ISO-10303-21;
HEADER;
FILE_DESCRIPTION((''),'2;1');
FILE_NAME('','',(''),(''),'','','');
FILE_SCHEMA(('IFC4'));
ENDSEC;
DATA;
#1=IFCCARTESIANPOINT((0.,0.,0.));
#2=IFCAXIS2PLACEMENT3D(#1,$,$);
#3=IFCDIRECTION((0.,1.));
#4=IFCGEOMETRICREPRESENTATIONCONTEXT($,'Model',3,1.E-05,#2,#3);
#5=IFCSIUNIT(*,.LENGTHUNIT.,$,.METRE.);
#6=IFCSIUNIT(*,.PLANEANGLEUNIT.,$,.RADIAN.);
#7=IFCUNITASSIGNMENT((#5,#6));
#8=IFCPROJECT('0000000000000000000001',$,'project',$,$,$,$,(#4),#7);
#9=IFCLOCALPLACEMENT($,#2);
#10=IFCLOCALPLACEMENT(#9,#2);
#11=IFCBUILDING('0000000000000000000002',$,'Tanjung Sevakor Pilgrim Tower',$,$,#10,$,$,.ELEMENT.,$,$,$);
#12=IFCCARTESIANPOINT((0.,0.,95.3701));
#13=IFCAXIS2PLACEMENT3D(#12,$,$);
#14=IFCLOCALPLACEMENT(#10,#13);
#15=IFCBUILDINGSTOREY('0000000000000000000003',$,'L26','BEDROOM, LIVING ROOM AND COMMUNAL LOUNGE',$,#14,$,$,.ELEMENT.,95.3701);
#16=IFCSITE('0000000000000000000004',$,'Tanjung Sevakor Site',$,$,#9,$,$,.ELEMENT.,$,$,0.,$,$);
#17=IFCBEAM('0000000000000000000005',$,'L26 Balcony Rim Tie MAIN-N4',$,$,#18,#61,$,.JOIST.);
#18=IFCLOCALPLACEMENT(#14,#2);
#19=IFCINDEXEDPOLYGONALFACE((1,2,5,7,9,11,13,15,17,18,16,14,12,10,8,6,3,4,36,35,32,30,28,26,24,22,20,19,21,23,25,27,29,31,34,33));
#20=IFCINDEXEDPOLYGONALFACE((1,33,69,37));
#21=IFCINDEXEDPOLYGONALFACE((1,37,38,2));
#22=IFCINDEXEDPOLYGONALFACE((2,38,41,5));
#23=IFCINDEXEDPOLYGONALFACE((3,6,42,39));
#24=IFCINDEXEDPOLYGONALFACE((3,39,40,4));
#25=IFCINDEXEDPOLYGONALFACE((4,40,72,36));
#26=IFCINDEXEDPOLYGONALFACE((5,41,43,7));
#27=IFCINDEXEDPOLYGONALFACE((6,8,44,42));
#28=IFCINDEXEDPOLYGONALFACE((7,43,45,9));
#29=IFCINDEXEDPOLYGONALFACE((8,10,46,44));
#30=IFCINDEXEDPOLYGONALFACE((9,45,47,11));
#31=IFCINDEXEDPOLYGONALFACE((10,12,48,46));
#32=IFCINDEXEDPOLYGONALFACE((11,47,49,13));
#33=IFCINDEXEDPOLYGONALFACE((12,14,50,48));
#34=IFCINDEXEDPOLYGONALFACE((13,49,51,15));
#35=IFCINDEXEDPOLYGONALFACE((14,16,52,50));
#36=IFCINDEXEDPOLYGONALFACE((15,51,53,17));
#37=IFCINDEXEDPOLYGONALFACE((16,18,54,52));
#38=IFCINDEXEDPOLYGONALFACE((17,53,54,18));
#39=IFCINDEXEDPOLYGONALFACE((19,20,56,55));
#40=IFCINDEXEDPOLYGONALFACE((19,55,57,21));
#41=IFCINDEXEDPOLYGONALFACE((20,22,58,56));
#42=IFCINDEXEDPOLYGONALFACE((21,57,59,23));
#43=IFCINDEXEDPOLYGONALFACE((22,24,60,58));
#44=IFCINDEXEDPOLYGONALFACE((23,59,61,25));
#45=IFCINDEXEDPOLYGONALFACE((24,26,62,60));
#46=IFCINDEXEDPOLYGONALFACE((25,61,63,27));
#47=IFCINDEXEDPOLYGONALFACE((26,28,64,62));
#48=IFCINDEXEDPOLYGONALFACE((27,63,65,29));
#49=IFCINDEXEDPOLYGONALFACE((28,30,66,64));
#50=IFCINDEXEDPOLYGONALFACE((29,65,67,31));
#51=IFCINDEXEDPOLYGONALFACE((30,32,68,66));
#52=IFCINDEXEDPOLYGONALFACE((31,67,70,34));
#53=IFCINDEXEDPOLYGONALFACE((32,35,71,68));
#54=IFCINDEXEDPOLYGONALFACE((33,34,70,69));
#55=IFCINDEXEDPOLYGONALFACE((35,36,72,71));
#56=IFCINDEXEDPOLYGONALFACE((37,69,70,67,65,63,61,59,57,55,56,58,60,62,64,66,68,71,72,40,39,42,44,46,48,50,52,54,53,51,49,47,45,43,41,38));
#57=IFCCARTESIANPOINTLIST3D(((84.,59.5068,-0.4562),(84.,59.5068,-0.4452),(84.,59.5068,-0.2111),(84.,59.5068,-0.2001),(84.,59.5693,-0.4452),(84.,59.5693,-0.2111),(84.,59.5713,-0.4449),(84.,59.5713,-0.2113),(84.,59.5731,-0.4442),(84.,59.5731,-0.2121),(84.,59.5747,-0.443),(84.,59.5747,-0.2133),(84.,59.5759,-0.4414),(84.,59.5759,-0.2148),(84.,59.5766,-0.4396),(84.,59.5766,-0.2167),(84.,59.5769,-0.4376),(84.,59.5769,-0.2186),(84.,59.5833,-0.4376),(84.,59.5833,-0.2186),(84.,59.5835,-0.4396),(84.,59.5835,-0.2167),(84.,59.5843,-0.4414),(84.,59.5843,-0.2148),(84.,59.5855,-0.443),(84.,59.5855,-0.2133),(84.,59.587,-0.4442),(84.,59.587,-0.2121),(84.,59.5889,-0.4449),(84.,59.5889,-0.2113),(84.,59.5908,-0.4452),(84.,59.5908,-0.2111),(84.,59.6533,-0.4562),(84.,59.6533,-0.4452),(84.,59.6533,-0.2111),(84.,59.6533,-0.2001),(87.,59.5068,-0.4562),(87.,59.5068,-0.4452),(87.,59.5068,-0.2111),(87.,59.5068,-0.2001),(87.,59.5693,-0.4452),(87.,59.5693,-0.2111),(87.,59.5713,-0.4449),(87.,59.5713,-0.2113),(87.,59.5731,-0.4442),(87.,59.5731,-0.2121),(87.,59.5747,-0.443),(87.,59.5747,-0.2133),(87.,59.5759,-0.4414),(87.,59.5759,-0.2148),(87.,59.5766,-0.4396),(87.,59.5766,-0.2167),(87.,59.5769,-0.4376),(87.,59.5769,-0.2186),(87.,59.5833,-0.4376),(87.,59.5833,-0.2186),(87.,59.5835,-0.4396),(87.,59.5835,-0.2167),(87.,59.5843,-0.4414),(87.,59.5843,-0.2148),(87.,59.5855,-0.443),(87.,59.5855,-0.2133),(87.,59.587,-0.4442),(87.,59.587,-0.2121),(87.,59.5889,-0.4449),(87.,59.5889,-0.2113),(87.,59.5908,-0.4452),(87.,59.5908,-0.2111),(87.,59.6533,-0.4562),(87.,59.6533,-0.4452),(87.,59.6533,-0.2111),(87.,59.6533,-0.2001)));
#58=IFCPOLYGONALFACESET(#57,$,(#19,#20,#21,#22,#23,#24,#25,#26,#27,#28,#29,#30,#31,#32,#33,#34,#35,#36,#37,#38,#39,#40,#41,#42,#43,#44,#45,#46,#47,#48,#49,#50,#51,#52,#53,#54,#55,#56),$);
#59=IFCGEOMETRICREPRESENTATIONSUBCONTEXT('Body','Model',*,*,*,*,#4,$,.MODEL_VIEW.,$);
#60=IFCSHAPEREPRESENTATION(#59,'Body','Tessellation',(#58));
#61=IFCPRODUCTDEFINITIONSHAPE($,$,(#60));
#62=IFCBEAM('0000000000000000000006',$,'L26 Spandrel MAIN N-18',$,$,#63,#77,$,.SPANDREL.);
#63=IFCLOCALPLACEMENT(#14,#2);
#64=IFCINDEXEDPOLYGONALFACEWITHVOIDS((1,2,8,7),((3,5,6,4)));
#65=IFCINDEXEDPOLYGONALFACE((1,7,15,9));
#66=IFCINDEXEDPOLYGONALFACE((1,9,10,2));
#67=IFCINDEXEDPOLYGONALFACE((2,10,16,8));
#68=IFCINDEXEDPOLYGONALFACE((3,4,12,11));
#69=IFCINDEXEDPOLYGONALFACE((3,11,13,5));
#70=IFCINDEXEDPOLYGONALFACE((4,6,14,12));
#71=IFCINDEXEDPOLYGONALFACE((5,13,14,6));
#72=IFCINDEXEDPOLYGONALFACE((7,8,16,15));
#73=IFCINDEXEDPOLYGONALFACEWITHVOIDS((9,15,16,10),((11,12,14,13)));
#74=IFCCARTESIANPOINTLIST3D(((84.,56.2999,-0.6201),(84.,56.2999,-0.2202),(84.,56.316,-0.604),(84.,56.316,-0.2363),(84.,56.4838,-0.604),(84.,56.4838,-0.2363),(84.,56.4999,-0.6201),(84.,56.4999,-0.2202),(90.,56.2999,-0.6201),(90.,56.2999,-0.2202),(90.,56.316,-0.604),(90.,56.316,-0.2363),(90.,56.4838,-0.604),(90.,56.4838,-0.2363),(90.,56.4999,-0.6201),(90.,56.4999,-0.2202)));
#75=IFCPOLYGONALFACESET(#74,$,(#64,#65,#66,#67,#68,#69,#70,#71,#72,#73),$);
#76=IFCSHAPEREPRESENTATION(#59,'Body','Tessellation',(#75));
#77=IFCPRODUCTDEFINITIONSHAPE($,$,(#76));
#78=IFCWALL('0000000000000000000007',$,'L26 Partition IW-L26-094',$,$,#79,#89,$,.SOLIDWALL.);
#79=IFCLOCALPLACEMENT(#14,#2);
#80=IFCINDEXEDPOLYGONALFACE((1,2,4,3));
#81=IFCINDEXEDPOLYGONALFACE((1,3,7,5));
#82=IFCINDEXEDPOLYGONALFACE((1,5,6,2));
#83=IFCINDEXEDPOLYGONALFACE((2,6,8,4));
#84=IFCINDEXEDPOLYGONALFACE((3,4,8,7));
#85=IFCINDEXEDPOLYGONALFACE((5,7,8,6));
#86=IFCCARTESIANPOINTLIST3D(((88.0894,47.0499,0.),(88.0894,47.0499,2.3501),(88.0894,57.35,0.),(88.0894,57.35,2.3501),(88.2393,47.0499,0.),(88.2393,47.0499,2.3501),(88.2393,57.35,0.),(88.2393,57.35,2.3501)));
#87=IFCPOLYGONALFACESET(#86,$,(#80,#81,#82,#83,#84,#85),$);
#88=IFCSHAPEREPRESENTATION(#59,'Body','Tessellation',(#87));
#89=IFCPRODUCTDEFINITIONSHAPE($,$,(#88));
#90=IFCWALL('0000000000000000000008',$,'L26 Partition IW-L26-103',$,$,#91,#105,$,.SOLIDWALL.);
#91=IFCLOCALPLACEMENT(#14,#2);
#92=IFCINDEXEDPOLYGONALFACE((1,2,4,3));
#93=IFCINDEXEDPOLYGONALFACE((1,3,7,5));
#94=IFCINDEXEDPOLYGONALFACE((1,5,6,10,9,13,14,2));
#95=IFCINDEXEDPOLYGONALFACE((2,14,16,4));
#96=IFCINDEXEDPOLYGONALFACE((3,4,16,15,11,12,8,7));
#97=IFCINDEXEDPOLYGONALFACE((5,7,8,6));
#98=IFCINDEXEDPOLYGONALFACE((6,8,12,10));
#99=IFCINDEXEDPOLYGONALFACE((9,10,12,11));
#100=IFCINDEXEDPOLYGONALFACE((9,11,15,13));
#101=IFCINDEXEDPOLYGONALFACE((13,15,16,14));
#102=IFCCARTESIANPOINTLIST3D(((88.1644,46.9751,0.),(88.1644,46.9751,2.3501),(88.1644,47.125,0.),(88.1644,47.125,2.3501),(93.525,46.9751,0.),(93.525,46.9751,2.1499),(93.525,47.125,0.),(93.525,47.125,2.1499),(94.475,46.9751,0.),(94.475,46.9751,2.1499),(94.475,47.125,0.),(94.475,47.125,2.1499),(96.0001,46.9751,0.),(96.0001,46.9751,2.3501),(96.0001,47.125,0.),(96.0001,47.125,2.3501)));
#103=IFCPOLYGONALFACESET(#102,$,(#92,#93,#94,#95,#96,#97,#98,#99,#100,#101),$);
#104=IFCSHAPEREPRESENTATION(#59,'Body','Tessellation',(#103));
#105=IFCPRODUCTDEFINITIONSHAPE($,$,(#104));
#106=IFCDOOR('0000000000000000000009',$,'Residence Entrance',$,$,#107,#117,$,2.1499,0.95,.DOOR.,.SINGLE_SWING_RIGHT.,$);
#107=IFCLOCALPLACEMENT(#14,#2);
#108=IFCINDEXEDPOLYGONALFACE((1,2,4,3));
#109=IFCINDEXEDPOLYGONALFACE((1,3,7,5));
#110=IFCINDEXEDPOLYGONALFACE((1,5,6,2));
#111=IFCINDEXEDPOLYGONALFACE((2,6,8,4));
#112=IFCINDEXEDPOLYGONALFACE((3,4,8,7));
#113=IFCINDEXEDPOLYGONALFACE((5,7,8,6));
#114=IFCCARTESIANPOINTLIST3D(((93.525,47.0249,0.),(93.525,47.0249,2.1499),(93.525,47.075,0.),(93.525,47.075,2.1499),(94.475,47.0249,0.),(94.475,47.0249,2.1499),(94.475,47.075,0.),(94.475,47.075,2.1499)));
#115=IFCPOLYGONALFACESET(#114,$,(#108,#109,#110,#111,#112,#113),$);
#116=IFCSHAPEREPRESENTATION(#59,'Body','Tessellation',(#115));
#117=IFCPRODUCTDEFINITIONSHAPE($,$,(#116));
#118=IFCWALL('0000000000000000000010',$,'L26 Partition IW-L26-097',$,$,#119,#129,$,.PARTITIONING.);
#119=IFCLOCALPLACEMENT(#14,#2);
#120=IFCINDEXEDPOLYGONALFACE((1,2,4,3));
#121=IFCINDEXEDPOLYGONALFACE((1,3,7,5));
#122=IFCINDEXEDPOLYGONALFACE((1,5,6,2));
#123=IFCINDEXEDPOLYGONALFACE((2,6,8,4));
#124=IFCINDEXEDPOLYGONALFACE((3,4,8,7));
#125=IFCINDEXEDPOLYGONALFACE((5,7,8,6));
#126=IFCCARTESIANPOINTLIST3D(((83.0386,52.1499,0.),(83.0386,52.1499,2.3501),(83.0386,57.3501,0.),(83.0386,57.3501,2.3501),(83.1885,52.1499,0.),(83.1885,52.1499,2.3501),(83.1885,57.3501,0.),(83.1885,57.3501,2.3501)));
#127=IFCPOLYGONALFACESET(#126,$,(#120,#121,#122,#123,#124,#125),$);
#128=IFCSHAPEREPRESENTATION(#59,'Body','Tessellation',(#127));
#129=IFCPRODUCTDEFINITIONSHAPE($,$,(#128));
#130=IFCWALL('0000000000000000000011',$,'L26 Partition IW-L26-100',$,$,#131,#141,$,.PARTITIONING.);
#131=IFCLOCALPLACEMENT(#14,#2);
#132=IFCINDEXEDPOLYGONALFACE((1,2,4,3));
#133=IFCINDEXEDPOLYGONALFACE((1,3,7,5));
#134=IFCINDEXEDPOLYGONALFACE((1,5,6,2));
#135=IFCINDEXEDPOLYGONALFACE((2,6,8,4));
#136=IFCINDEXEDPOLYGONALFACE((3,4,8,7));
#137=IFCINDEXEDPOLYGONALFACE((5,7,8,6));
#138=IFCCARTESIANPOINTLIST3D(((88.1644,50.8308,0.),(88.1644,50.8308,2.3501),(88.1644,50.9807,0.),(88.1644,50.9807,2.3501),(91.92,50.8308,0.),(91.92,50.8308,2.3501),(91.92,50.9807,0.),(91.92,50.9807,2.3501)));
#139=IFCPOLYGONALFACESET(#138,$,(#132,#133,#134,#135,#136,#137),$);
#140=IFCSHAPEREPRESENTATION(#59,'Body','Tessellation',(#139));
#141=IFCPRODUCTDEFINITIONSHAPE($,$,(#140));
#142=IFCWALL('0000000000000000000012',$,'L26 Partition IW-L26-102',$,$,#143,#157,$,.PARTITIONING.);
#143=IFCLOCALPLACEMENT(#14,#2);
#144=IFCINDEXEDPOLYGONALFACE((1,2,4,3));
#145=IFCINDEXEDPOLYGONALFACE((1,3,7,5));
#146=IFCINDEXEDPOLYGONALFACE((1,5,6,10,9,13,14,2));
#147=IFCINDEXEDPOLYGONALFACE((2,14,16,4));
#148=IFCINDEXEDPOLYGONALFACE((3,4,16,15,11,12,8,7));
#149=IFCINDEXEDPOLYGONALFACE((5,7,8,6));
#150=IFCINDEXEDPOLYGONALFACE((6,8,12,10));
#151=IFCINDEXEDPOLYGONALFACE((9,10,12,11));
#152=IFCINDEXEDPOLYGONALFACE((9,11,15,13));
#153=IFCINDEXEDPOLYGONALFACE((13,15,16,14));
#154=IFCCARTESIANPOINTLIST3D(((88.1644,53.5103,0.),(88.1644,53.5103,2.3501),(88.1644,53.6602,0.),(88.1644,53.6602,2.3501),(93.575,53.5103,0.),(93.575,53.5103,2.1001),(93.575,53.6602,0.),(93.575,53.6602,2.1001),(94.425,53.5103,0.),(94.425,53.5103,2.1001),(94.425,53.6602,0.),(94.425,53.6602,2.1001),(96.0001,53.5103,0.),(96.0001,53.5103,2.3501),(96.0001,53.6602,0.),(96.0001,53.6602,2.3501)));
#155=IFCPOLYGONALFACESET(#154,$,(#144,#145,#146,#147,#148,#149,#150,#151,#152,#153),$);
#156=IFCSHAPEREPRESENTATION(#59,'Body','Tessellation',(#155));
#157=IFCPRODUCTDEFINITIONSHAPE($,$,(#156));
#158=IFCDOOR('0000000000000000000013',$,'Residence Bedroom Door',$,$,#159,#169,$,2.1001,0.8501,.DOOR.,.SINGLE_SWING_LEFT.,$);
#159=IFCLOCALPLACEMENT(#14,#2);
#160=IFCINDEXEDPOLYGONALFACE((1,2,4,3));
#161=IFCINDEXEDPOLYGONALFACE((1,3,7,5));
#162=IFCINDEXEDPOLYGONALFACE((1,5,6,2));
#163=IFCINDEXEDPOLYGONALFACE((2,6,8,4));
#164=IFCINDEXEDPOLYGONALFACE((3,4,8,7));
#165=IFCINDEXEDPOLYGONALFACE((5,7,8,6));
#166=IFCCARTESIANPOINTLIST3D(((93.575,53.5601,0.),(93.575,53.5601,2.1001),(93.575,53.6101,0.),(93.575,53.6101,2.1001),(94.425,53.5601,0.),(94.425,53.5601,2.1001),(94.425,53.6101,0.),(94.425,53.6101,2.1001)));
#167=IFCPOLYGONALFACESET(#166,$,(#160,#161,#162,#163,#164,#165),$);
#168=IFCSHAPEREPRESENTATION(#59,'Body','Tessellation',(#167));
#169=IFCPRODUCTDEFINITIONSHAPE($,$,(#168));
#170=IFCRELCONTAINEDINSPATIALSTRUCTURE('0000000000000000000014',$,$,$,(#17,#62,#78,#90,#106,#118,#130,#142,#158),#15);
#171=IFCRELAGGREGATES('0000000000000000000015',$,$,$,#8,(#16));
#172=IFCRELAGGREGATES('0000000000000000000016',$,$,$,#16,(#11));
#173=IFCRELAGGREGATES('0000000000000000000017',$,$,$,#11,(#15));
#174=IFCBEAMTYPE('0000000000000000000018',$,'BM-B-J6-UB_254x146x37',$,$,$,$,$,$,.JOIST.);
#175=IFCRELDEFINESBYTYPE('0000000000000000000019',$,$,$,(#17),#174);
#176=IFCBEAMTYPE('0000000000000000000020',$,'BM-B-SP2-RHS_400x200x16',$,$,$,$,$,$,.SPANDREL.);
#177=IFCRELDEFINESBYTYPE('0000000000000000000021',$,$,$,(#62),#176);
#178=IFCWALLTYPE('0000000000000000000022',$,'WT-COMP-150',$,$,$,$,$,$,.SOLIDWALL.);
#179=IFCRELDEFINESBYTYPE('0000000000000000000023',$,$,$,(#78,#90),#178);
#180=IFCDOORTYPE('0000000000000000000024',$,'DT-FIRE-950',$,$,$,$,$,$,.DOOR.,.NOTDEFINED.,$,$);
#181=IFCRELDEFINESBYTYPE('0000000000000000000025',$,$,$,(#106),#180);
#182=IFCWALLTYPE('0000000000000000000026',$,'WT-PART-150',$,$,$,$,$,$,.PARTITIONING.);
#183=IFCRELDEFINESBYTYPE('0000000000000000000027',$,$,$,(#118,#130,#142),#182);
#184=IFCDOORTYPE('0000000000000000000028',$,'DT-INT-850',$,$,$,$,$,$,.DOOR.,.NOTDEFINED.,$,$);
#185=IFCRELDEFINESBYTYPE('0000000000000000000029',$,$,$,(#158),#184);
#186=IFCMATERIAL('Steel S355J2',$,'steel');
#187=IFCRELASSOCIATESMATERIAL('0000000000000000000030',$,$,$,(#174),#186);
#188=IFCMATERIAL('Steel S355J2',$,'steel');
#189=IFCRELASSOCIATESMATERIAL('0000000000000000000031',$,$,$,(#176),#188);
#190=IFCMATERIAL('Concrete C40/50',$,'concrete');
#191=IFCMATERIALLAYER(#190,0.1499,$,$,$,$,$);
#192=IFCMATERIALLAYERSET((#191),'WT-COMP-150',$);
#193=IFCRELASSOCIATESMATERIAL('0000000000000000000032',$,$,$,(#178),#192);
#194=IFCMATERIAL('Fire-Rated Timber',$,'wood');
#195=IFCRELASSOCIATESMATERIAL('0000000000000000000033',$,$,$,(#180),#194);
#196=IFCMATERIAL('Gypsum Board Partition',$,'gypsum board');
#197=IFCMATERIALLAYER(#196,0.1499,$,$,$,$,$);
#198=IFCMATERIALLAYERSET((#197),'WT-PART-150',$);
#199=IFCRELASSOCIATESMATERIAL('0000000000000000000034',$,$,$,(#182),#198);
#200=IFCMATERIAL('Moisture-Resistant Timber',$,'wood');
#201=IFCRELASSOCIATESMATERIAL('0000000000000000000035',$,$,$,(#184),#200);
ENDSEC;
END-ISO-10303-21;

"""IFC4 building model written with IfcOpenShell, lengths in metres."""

from ifc_helpers import new_model, si_unit, direction, frame, frame_2d, origin, origin_2d, place, context, subcontext, project, spatial, rectangle, hollow_rectangle, i_section, extrude, material, layer, layer_set, material_profile, profile_set, type_object, element, fill, save


model = new_model("IFC4")

# Units and contexts
model_context = context("Model", 3, precision=1e-05, world=origin(), true_north=direction((0.0, 1.0)))
body_context = subcontext(model_context, "Body", "Model", "MODEL_VIEW")
ifc_project = project(units=[si_unit("LENGTHUNIT", "METRE"), si_unit("PLANEANGLEUNIT", "RADIAN")], contexts=[model_context])

# Site, building, storey
site_placement = place(None, origin())
site = spatial("IfcSite", under=ifc_project, at=site_placement, Name="Tanjung Sevakor Site", CompositionType="ELEMENT", RefElevation=0.0)
building_placement = place(site_placement, origin())
building = spatial("IfcBuilding", under=site, at=building_placement, Name="Tanjung Sevakor Pilgrim Tower", CompositionType="ELEMENT")
storey_placement = place(building_placement, frame((0.0, 0.0, 95.3701)))
storey = spatial("IfcBuildingStorey", under=building, at=storey_placement, Name="L26", Description="BEDROOM, LIVING ROOM AND COMMUNAL LOUNGE", CompositionType="ELEMENT", Elevation=95.3701)

# Beams
ifc_material_1 = material(Name="Steel S355J2", Category="steel")
ifc_material_profile_1 = material_profile(ifc_material_1, i_section(OverallWidth=0.1465, OverallDepth=0.2561, WebThickness=0.0063, FlangeThickness=0.011, FilletRadius=0.0076, at=origin_2d()))
ifc_profile_set_1 = profile_set([ifc_material_profile_1], Name="Steel S355J2")
beam_type_1 = type_object("IfcBeamType", Name="BM-B-J6-UB_254x146x37", PredefinedType="JOIST", material=ifc_profile_set_1)
beam_1_placement = place(storey_placement, frame((84.0, 59.5801, -0.3281), z_axis=(1.0, 0.0, 0.0), x_axis=(0.0, 1.0, 0.0)))
element("IfcBeam", 1, at=beam_1_placement, inside=storey, type_object=beam_type_1, Name="L26 Balcony Rim Tie MAIN-N4", PredefinedType="JOIST", context=body_context, shape_type="SweptSolid", body=[
    extrude(i_section(OverallWidth=0.1465, OverallDepth=0.2561, WebThickness=0.0063, FlangeThickness=0.011, FilletRadius=0.0076, at=origin_2d()), origin(), (0.0, 0.0, 1.0), 3.0),
])
ifc_material_2 = material(Name="Steel S355J2", Category="steel")
ifc_material_profile_2 = material_profile(ifc_material_2, hollow_rectangle(XDim=0.2, YDim=0.3999, WallThickness=0.0161, at=origin_2d()))
ifc_profile_set_2 = profile_set([ifc_material_profile_2], Name="Steel S355J2")
beam_type_2 = type_object("IfcBeamType", Name="BM-B-SP2-RHS_400x200x16", PredefinedType="SPANDREL", material=ifc_profile_set_2)
beam_2_placement = place(storey_placement, frame((84.0, 56.3999, -0.4202), z_axis=(1.0, 0.0, 0.0), x_axis=(0.0, 1.0, 0.0)))
element("IfcBeam", 2, at=beam_2_placement, inside=storey, type_object=beam_type_2, Name="L26 Spandrel MAIN N-18", PredefinedType="SPANDREL", context=body_context, shape_type="SweptSolid", body=[
    extrude(hollow_rectangle(XDim=0.2, YDim=0.3999, WallThickness=0.0161, at=origin_2d()), origin(), (0.0, 0.0, 1.0), 6.0),
])

# Wall
ifc_material_3 = material(Name="Concrete C40/50", Category="concrete")
ifc_layer_1 = layer(ifc_material_3, 0.1499)
ifc_layer_set_1 = layer_set([ifc_layer_1], Name="WT-COMP-150")
wall_type_1 = type_object("IfcWallType", Name="WT-COMP-150", PredefinedType="SOLIDWALL", material=ifc_layer_set_1)
wall_1_placement = place(storey_placement, frame((88.1643, 47.05, 0.0), z_axis=(0.0, 0.0, 1.0), x_axis=(0.0, 1.0, 0.0)))
element("IfcWall", 3, at=wall_1_placement, inside=storey, type_object=wall_type_1, Name="L26 Partition IW-L26-094", PredefinedType="SOLIDWALL", context=body_context, shape_type="SweptSolid", body=[
    extrude(rectangle(XDim=10.3, YDim=0.1499, at=frame_2d((5.1499, 0.0))), origin(), (0.0, 0.0, 1.0), 2.3501),
])

# Wall, opening, door
wall_2_placement = place(storey_placement, frame((88.1643, 47.05, 0.0), z_axis=(0.0, 0.0, 1.0), x_axis=(1.0, 0.0, 0.0)))
wall_2 = element("IfcWall", 4, at=wall_2_placement, inside=storey, type_object=wall_type_1, Name="L26 Partition IW-L26-103", PredefinedType="SOLIDWALL", context=body_context, shape_type="SweptSolid", body=[
    extrude(rectangle(XDim=7.8357, YDim=0.1499, at=frame_2d((3.918, 0.0))), origin(), (0.0, 0.0, 1.0), 2.3501),
])
opening_1_placement = place(wall_2_placement, frame((5.3606, 0.0, 0.0)))
opening_1 = element("IfcOpeningElement", 5, at=opening_1_placement, cuts=wall_2, PredefinedType="OPENING", context=body_context, shape_type="SweptSolid", body=[
    extrude(rectangle(XDim=0.95, YDim=2.1499, at=frame_2d((0.4751, 1.075))), frame((0.0, 0.085, 0.0), z_axis=(0.0, -1.0, 0.0), x_axis=(1.0, 0.0, 0.0)), (0.0, 0.0, 1.0), 0.1699),
])
ifc_material_4 = material(Name="Fire-Rated Timber", Category="wood")
door_type_1 = type_object("IfcDoorType", Name="DT-FIRE-950", OperationType="NOTDEFINED", PredefinedType="DOOR", material=ifc_material_4)
door_1_placement = place(opening_1_placement, origin())
door_1 = element("IfcDoor", 6, at=door_1_placement, inside=storey, type_object=door_type_1, Name="Residence Entrance", OperationType="SINGLE_SWING_RIGHT", OverallHeight=2.1499, OverallWidth=0.95, PredefinedType="DOOR", context=body_context, shape_type="SweptSolid", body=[
    extrude(rectangle(XDim=0.95, YDim=2.1499, at=frame_2d((0.4751, 1.075))), frame((0.0, 0.0249, 0.0), z_axis=(0.0, -1.0, 0.0), x_axis=(1.0, 0.0, 0.0)), (0.0, 0.0, 1.0), 0.05),
])
fill(opening_1, door_1)

# Walls
ifc_material_5 = material(Name="Gypsum Board Partition", Category="gypsum board")
ifc_layer_2 = layer(ifc_material_5, 0.1499)
ifc_layer_set_2 = layer_set([ifc_layer_2], Name="WT-PART-150")
wall_type_2 = type_object("IfcWallType", Name="WT-PART-150", PredefinedType="PARTITIONING", material=ifc_layer_set_2)
wall_3_placement = place(storey_placement, frame((83.1135, 52.1499, 0.0), z_axis=(0.0, 0.0, 1.0), x_axis=(0.0, 1.0, 0.0)))
element("IfcWall", 7, at=wall_3_placement, inside=storey, type_object=wall_type_2, Name="L26 Partition IW-L26-097", PredefinedType="PARTITIONING", context=body_context, shape_type="SweptSolid", body=[
    extrude(rectangle(XDim=5.2002, YDim=0.1499, at=frame_2d((2.6001, 0.0))), origin(), (0.0, 0.0, 1.0), 2.3501),
])
wall_4_placement = place(storey_placement, frame((88.1643, 50.9058, 0.0), z_axis=(0.0, 0.0, 1.0), x_axis=(1.0, 0.0, 0.0)))
element("IfcWall", 8, at=wall_4_placement, inside=storey, type_object=wall_type_2, Name="L26 Partition IW-L26-100", PredefinedType="PARTITIONING", context=body_context, shape_type="SweptSolid", body=[
    extrude(rectangle(XDim=3.7556, YDim=0.1499, at=frame_2d((1.8779, 0.0))), origin(), (0.0, 0.0, 1.0), 2.3501),
])

# Wall, opening, door
wall_5_placement = place(storey_placement, frame((88.1643, 53.5852, 0.0), z_axis=(0.0, 0.0, 1.0), x_axis=(1.0, 0.0, 0.0)))
wall_5 = element("IfcWall", 9, at=wall_5_placement, inside=storey, type_object=wall_type_2, Name="L26 Partition IW-L26-102", PredefinedType="PARTITIONING", context=body_context, shape_type="SweptSolid", body=[
    extrude(rectangle(XDim=7.8357, YDim=0.1499, at=frame_2d((3.918, 0.0))), origin(), (0.0, 0.0, 1.0), 2.3501),
])
opening_2_placement = place(wall_5_placement, frame((5.4106, 0.0, 0.0)))
opening_2 = element("IfcOpeningElement", 10, at=opening_2_placement, cuts=wall_5, PredefinedType="OPENING", context=body_context, shape_type="SweptSolid", body=[
    extrude(rectangle(XDim=0.8501, YDim=2.1001, at=frame_2d((0.425, 1.05))), frame((0.0, 0.085, 0.0), z_axis=(0.0, -1.0, 0.0), x_axis=(1.0, 0.0, 0.0)), (0.0, 0.0, 1.0), 0.1699),
])
ifc_material_6 = material(Name="Moisture-Resistant Timber", Category="wood")
door_type_2 = type_object("IfcDoorType", Name="DT-INT-850", OperationType="NOTDEFINED", PredefinedType="DOOR", material=ifc_material_6)
door_2_placement = place(opening_2_placement, origin())
door_2 = element("IfcDoor", 11, at=door_2_placement, inside=storey, type_object=door_type_2, Name="Residence Bedroom Door", OperationType="SINGLE_SWING_LEFT", OverallHeight=2.1001, OverallWidth=0.8501, PredefinedType="DOOR", context=body_context, shape_type="SweptSolid", body=[
    extrude(rectangle(XDim=0.8501, YDim=2.1001, at=frame_2d((0.425, 1.05))), frame((0.0, 0.0249, 0.0), z_axis=(0.0, -1.0, 0.0), x_axis=(1.0, 0.0, 0.0)), (0.0, 0.0, 1.0), 0.05),
])
fill(opening_2, door_2)

save(model, "model.ifc")
